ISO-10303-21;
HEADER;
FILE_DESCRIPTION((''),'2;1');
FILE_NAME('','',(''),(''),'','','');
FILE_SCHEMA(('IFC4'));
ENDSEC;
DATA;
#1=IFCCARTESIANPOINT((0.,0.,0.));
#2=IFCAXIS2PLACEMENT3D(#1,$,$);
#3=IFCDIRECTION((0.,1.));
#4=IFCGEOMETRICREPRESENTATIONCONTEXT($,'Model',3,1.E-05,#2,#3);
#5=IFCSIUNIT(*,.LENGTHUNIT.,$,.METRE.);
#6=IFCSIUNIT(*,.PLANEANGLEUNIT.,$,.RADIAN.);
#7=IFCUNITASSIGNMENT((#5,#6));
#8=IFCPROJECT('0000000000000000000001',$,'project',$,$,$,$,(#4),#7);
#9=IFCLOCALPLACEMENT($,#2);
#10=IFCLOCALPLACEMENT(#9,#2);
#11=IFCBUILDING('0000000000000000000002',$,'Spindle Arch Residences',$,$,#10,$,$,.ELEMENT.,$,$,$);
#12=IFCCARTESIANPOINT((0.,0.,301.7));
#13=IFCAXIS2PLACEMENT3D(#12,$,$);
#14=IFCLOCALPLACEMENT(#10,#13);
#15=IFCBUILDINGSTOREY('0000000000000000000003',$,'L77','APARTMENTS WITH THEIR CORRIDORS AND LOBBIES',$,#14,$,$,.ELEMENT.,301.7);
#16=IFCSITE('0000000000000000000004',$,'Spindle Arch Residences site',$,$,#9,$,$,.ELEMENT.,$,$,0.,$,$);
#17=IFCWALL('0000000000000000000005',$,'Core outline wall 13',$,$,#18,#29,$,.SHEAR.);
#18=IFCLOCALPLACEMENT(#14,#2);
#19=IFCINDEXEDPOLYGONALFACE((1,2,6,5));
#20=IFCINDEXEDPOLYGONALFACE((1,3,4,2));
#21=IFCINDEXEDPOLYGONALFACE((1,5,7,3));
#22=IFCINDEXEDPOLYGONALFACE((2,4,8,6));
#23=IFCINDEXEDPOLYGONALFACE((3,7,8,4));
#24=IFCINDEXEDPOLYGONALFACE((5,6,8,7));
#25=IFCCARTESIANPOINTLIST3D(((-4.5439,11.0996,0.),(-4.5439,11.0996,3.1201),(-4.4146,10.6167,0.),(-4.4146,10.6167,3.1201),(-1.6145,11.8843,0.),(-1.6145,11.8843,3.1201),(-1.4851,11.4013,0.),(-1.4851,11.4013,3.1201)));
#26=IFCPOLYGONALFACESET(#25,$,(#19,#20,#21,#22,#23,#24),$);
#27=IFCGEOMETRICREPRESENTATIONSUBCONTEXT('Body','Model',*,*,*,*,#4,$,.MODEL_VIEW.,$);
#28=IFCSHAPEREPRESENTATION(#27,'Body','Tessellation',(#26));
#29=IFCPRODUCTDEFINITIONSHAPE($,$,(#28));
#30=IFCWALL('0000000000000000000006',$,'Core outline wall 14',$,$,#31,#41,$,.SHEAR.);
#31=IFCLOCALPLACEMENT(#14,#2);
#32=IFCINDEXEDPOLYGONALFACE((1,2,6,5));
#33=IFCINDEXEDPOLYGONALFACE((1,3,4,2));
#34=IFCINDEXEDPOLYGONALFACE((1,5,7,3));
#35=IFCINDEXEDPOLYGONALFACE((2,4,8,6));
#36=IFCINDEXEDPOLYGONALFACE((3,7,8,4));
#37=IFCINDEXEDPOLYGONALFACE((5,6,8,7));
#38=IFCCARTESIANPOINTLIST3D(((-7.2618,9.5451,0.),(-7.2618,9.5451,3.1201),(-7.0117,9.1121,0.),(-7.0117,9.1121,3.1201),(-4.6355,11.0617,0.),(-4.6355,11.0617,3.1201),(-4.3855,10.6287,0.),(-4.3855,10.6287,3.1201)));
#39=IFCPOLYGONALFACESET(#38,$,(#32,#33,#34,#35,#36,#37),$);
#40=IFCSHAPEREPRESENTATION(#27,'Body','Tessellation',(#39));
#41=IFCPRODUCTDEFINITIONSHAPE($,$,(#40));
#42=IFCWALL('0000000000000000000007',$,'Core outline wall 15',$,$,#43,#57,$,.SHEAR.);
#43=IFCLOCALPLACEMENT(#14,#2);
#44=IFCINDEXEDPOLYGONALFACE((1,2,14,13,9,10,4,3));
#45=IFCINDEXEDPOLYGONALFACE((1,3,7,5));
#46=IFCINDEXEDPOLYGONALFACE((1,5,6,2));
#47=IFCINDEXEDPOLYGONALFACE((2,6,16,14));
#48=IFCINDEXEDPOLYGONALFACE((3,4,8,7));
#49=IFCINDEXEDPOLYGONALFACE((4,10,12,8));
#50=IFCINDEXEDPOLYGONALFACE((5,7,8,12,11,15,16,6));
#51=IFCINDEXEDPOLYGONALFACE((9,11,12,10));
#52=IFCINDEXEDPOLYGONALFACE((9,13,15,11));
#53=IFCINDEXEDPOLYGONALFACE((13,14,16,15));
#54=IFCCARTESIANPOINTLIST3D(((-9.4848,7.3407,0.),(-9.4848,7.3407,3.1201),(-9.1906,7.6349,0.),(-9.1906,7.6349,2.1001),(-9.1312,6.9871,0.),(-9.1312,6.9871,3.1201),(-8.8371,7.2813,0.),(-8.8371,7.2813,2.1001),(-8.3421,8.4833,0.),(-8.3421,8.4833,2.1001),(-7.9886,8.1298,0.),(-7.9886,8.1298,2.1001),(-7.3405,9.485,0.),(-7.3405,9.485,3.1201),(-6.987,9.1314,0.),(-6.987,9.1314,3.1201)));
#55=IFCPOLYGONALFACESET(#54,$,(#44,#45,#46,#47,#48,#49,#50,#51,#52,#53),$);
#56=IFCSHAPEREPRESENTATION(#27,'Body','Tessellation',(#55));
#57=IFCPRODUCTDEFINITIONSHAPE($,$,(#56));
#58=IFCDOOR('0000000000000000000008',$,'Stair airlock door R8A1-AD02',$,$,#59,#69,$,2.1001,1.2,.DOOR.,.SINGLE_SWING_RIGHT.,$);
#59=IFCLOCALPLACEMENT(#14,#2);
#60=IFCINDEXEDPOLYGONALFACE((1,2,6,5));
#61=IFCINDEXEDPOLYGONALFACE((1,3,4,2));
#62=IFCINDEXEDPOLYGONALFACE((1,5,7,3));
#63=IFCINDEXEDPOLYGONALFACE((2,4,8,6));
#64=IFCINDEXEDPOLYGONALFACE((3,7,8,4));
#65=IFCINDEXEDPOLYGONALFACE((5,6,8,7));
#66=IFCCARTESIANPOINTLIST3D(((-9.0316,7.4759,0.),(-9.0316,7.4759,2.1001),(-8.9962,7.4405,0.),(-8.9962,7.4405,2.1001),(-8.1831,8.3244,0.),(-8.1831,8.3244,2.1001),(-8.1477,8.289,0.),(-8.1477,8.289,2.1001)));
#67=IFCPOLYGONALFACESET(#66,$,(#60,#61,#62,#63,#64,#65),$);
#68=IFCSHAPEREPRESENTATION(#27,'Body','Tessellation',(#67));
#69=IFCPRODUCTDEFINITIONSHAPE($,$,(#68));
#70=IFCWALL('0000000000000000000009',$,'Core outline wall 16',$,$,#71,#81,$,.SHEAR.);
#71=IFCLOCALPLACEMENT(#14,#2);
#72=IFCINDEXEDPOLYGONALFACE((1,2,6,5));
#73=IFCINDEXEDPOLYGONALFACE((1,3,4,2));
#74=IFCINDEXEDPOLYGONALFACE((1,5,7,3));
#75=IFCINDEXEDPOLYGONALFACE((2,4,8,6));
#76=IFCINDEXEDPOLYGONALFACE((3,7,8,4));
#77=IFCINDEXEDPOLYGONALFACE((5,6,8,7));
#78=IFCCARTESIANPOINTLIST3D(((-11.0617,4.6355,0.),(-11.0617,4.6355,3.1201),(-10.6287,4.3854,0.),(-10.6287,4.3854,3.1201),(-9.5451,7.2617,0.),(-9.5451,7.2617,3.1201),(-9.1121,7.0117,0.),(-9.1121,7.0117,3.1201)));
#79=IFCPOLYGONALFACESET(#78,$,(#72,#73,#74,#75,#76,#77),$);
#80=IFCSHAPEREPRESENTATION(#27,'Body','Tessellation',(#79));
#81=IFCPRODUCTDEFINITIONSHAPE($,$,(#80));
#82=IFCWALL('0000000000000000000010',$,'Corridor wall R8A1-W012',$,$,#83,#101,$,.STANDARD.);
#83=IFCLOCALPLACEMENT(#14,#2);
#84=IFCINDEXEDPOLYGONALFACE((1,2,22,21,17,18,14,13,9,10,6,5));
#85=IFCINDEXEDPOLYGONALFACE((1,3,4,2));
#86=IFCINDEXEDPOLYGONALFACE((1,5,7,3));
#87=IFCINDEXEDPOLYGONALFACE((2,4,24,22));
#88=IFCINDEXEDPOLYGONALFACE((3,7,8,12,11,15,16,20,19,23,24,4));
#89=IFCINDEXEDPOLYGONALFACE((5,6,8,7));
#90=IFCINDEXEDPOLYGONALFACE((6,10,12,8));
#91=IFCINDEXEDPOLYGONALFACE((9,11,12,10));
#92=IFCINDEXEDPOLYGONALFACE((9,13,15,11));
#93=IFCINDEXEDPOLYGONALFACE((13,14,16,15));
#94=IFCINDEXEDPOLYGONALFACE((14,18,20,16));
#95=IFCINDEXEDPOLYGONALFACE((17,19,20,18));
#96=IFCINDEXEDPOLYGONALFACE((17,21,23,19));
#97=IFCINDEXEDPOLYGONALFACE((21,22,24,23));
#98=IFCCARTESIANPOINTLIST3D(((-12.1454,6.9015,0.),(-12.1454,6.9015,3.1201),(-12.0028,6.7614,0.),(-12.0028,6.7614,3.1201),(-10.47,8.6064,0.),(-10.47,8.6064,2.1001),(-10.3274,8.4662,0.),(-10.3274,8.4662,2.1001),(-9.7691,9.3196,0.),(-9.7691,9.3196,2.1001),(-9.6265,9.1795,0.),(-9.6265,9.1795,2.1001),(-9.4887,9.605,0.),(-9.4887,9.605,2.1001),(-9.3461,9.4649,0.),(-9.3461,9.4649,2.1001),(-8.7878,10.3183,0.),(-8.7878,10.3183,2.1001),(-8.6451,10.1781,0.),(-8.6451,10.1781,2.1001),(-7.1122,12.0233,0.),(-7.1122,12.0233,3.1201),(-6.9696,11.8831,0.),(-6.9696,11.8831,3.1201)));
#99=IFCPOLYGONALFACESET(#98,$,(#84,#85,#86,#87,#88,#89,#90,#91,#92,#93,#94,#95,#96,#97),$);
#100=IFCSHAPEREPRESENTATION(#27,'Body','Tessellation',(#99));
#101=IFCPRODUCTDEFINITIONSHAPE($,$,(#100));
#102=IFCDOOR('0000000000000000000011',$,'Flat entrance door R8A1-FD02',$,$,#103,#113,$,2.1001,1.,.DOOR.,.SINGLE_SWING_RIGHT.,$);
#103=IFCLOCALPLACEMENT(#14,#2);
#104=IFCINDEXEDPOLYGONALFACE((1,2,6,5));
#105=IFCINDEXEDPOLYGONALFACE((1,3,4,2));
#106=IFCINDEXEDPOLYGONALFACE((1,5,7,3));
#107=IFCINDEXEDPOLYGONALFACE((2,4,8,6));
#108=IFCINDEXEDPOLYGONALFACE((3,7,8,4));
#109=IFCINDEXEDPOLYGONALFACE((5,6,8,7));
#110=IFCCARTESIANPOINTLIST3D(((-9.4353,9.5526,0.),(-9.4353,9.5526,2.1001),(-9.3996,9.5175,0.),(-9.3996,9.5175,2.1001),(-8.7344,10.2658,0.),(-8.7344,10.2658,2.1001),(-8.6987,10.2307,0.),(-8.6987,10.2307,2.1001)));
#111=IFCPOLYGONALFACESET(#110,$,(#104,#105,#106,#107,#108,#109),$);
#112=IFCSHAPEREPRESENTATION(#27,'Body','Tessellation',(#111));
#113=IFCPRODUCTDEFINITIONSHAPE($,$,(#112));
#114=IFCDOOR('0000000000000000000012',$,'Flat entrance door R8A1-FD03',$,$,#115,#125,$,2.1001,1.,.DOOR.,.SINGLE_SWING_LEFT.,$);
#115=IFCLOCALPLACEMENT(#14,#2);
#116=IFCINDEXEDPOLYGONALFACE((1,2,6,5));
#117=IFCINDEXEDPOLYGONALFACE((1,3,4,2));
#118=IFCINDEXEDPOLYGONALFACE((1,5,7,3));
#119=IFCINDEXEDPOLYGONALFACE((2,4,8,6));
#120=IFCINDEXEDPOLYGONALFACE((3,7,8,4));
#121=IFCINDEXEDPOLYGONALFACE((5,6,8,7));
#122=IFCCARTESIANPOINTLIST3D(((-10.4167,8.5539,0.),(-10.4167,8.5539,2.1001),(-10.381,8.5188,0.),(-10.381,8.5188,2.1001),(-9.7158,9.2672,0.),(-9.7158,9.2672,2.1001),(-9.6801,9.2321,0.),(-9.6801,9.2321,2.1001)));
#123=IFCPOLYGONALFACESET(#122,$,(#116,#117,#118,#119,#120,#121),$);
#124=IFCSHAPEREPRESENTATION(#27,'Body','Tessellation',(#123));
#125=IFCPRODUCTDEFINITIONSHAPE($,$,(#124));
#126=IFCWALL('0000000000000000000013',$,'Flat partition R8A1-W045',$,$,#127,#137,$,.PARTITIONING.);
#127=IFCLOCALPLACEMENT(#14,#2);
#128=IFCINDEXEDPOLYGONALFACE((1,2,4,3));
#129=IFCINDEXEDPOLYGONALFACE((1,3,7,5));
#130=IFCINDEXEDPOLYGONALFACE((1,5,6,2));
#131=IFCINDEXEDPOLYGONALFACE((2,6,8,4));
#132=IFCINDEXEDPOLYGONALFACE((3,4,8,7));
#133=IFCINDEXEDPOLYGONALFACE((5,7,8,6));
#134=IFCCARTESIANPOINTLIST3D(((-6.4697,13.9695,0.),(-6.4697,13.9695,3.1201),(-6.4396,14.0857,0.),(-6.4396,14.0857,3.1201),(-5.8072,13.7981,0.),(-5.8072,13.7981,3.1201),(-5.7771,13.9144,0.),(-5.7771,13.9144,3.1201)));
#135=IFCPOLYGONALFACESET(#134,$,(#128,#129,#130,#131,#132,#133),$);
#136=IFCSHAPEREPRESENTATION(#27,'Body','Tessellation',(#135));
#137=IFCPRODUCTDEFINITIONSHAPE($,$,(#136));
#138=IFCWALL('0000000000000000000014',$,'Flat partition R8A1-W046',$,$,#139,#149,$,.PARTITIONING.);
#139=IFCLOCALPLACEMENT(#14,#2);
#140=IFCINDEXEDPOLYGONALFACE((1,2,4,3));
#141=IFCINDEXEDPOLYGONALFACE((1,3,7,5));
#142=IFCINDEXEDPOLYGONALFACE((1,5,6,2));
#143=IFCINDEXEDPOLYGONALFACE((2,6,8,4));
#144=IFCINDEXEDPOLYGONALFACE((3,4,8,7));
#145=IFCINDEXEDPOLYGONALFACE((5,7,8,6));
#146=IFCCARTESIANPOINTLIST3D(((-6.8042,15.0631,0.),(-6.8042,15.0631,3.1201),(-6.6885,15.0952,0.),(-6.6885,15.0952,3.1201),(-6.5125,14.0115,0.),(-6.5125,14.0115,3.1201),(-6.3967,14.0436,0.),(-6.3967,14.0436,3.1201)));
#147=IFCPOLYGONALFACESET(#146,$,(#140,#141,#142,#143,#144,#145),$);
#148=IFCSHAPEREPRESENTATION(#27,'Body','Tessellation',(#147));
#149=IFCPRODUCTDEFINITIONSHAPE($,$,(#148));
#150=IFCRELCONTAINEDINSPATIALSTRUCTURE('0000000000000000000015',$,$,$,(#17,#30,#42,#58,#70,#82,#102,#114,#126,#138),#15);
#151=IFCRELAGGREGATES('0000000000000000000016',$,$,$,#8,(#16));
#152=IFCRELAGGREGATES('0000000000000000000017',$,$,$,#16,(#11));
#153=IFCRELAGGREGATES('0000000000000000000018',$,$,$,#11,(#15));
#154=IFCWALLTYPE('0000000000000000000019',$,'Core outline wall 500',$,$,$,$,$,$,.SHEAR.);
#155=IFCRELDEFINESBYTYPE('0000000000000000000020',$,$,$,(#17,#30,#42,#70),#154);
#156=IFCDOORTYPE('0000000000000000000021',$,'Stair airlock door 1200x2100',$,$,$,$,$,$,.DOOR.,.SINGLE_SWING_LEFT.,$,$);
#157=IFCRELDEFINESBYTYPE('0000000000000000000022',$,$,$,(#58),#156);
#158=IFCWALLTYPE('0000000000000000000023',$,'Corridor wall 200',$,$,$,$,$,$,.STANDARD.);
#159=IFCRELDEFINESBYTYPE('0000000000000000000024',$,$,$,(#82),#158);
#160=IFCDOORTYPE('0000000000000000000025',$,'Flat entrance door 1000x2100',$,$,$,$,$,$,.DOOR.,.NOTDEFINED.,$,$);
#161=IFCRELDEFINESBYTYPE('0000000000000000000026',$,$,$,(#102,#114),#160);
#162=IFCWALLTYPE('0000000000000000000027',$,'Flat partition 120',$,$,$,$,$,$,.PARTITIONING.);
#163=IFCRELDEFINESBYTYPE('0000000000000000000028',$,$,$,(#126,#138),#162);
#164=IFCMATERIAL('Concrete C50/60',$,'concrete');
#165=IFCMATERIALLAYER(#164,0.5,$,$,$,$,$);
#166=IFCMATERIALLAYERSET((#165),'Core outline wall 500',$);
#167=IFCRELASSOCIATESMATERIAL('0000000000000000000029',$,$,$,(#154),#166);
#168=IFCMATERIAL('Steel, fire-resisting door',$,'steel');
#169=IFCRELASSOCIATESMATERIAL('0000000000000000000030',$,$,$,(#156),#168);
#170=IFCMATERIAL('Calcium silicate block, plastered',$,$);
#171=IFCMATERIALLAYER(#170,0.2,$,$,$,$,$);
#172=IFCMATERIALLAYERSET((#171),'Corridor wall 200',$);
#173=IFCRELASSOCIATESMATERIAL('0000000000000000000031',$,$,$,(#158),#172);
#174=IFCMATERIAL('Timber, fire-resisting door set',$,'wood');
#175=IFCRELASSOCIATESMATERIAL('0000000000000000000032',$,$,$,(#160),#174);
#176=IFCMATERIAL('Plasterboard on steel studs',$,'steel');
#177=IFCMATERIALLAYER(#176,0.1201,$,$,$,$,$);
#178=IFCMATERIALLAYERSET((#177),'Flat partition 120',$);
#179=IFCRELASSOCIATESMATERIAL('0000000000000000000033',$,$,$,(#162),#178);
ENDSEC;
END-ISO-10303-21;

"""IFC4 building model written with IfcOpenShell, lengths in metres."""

from ifc_helpers import new_model, si_unit, direction, frame, frame_2d, origin, place, context, subcontext, project, spatial, rectangle, extrude, material, layer, layer_set, type_object, element, fill, save


model = new_model("IFC4")

# Units and contexts
model_context = context("Model", 3, precision=1e-05, world=origin(), true_north=direction((0.0, 1.0)))
body_context = subcontext(model_context, "Body", "Model", "MODEL_VIEW")
ifc_project = project(units=[si_unit("LENGTHUNIT", "METRE"), si_unit("PLANEANGLEUNIT", "RADIAN")], contexts=[model_context])

# Site, building, storey
site_placement = place(None, origin())
site = spatial("IfcSite", under=ifc_project, at=site_placement, Name="Spindle Arch Residences site", CompositionType="ELEMENT", RefElevation=0.0)
building_placement = place(site_placement, origin())
building = spatial("IfcBuilding", under=site, at=building_placement, Name="Spindle Arch Residences", CompositionType="ELEMENT")
storey_placement = place(building_placement, frame((0.0, 0.0, 301.7)))
storey = spatial("IfcBuildingStorey", under=building, at=storey_placement, Name="L77", Description="APARTMENTS WITH THEIR CORRIDORS AND LOBBIES", CompositionType="ELEMENT", Elevation=301.7)

# Walls
ifc_material_1 = material(Name="Concrete C50/60", Category="concrete")
ifc_layer_1 = layer(ifc_material_1, 0.5)
ifc_layer_set_1 = layer_set([ifc_layer_1], Name="Core outline wall 500")
wall_type_1 = type_object("IfcWallType", Name="Core outline wall 500", PredefinedType="SHEAR", material=ifc_layer_set_1)
for number, where, z_axis, x_axis, name in (
    (1, (-1.5498, 11.6428, 0.0), (0.0, 0.0, 1.0), (-0.965948, -0.258735, 0.0), "Core outline wall 13"),
    (2, (-4.5105, 10.8452, 0.0), (0.0, 0.0, 1.0), (-0.865975, -0.500087, 0.0), "Core outline wall 14"),
):
    element("IfcWall", number, at=place(storey_placement, frame(where, z_axis=z_axis, x_axis=x_axis)), inside=storey, type_object=wall_type_1, Name=name, PredefinedType="SHEAR", context=body_context, shape_type="SweptSolid", body=[
        extrude(rectangle(XDim=3.0327, YDim=0.5, at=frame_2d((1.5164, 0.0))), origin(), (0.0, 0.0, 1.0), 3.1201),
    ])

# Wall, opening, door
wall_1_placement = place(storey_placement, frame((-7.1638, 9.3081, 0.0), z_axis=(0.0, 0.0, 1.0), x_axis=(-0.707107, -0.707107, 0.0)))
wall_1 = element("IfcWall", 3, at=wall_1_placement, inside=storey, type_object=wall_type_1, Name="Core outline wall 15", PredefinedType="SHEAR", context=body_context, shape_type="SweptSolid", body=[
    extrude(rectangle(XDim=3.0325, YDim=0.5, at=frame_2d((1.5161, 0.0))), origin(), (0.0, 0.0, 1.0), 3.1201),
])
opening_1_placement = place(wall_1_placement, frame((1.4163, 0.0, 0.0)))
opening_1 = element("IfcOpeningElement", 4, at=opening_1_placement, cuts=wall_1, PredefinedType="OPENING", context=body_context, shape_type="SweptSolid", body=[
    extrude(rectangle(XDim=1.2, YDim=2.1001, at=frame_2d((0.6001, 1.05))), frame((0.0, 0.26, 0.0), z_axis=(0.0, -1.0, 0.0), x_axis=(1.0, 0.0, 0.0)), (0.0, 0.0, 1.0), 0.52),
])
ifc_material_2 = material(Name="Steel, fire-resisting door", Category="steel")
door_type_1 = type_object("IfcDoorType", Name="Stair airlock door 1200x2100", OperationType="SINGLE_SWING_LEFT", PredefinedType="DOOR", material=ifc_material_2)
door_1_placement = place(opening_1_placement, origin())
door_1 = element("IfcDoor", 5, at=door_1_placement, inside=storey, type_object=door_type_1, Name="Stair airlock door R8A1-AD02", OperationType="SINGLE_SWING_RIGHT", OverallHeight=2.1001, OverallWidth=1.2, PredefinedType="DOOR", context=body_context, shape_type="SweptSolid", body=[
    extrude(rectangle(XDim=1.2, YDim=2.1001, at=frame_2d((0.6001, 1.05))), frame((0.0, 0.0249, 0.0), z_axis=(0.0, -1.0, 0.0), x_axis=(1.0, 0.0, 0.0)), (0.0, 0.0, 1.0), 0.05),
])
fill(opening_1, door_1)

# Wall
wall_2_placement = place(storey_placement, frame((-9.3286, 7.1367, 0.0), z_axis=(0.0, 0.0, 1.0), x_axis=(-0.500087, -0.865975, 0.0)))
element("IfcWall", 6, at=wall_2_placement, inside=storey, type_object=wall_type_1, Name="Core outline wall 16", PredefinedType="SHEAR", context=body_context, shape_type="SweptSolid", body=[
    extrude(rectangle(XDim=3.0327, YDim=0.5, at=frame_2d((1.5164, 0.0))), origin(), (0.0, 0.0, 1.0), 3.1201),
])

# Wall, openings, doors
ifc_material_3 = material(Name="Calcium silicate block, plastered")
ifc_layer_2 = layer(ifc_material_3, 0.2)
ifc_layer_set_2 = layer_set([ifc_layer_2], Name="Corridor wall 200")
wall_type_2 = type_object("IfcWallType", Name="Corridor wall 200", PredefinedType="STANDARD", material=ifc_layer_set_2)
wall_3_placement = place(storey_placement, frame((-7.041, 11.9531, 0.0), z_axis=(0.0, 0.0, 1.0), x_axis=(-0.700909, -0.713251, 0.0)))
wall_3 = element("IfcWall", 7, at=wall_3_placement, inside=storey, type_object=wall_type_2, Name="Corridor wall R8A1-W012", PredefinedType="STANDARD", context=body_context, shape_type="SweptSolid", body=[
    extrude(rectangle(XDim=7.1809, YDim=0.2, at=frame_2d((3.5903, 0.0))), origin(), (0.0, 0.0, 1.0), 3.1201),
])
opening_2_placement = place(wall_3_placement, frame((2.3904, 0.0, 0.0)))
opening_2 = element("IfcOpeningElement", 8, at=opening_2_placement, cuts=wall_3, PredefinedType="OPENING", context=body_context, shape_type="SweptSolid", body=[
    extrude(rectangle(XDim=1.0, YDim=2.1001, at=frame_2d((0.5, 1.05))), frame((0.0, 0.1099, 0.0), z_axis=(0.0, -1.0, 0.0), x_axis=(1.0, 0.0, 0.0)), (0.0, 0.0, 1.0), 0.22),
])
opening_3_placement = place(wall_3_placement, frame((3.7905, 0.0, 0.0)))
opening_3 = element("IfcOpeningElement", 9, at=opening_3_placement, cuts=wall_3, PredefinedType="OPENING", context=body_context, shape_type="SweptSolid", body=[
    extrude(rectangle(XDim=1.0, YDim=2.1001, at=frame_2d((0.5, 1.05))), frame((0.0, 0.1099, 0.0), z_axis=(0.0, -1.0, 0.0), x_axis=(1.0, 0.0, 0.0)), (0.0, 0.0, 1.0), 0.22),
])
ifc_material_4 = material(Name="Timber, fire-resisting door set", Category="wood")
door_type_2 = type_object("IfcDoorType", Name="Flat entrance door 1000x2100", OperationType="NOTDEFINED", PredefinedType="DOOR", material=ifc_material_4)
door_2_placement = place(opening_2_placement, origin())
door_2 = element("IfcDoor", 10, at=door_2_placement, inside=storey, type_object=door_type_2, Name="Flat entrance door R8A1-FD02", OperationType="SINGLE_SWING_RIGHT", OverallHeight=2.1001, OverallWidth=1.0, PredefinedType="DOOR", context=body_context, shape_type="SweptSolid", body=[
    extrude(rectangle(XDim=1.0, YDim=2.1001, at=frame_2d((0.5, 1.05))), frame((0.0, 0.0249, 0.0), z_axis=(0.0, -1.0, 0.0), x_axis=(1.0, 0.0, 0.0)), (0.0, 0.0, 1.0), 0.05),
])
fill(opening_2, door_2)
door_3_placement = place(opening_3_placement, origin())
door_3 = element("IfcDoor", 11, at=door_3_placement, inside=storey, type_object=door_type_2, Name="Flat entrance door R8A1-FD03", OperationType="SINGLE_SWING_LEFT", OverallHeight=2.1001, OverallWidth=1.0, PredefinedType="DOOR", context=body_context, shape_type="SweptSolid", body=[
    extrude(rectangle(XDim=1.0, YDim=2.1001, at=frame_2d((0.5, 1.05))), frame((0.0, 0.0249, 0.0), z_axis=(0.0, -1.0, 0.0), x_axis=(1.0, 0.0, 0.0)), (0.0, 0.0, 1.0), 0.05),
])
fill(opening_3, door_3)

# Walls
ifc_material_5 = material(Name="Plasterboard on steel studs", Category="steel")
ifc_layer_3 = layer(ifc_material_5, 0.1201)
ifc_layer_set_3 = layer_set([ifc_layer_3], Name="Flat partition 120")
wall_type_3 = type_object("IfcWallType", Name="Flat partition 120", PredefinedType="PARTITIONING", material=ifc_layer_set_3)
wall_4_placement = place(storey_placement, frame((-5.792, 13.8562, 0.0), z_axis=(0.0, 0.0, 1.0), x_axis=(-0.968138, 0.250417, 0.0)))
element("IfcWall", 12, at=wall_4_placement, inside=storey, type_object=wall_type_3, Name="Flat partition R8A1-W045", PredefinedType="PARTITIONING", context=body_context, shape_type="SweptSolid", body=[
    extrude(rectangle(XDim=0.6843, YDim=0.1201, at=frame_2d((0.3423, 0.0))), origin(), (0.0, 0.0, 1.0), 3.1201),
])
wall_5_placement = place(storey_placement, frame((-6.4546, 14.0276, 0.0), z_axis=(0.0, 0.0, 1.0), x_axis=(-0.267355, 0.963598, 0.0)))
element("IfcWall", 13, at=wall_5_placement, inside=storey, type_object=wall_type_3, Name="Flat partition R8A1-W046", PredefinedType="PARTITIONING", context=body_context, shape_type="SweptSolid", body=[
    extrude(rectangle(XDim=1.0913, YDim=0.1201, at=frame_2d((0.5457, 0.0))), origin(), (0.0, 0.0, 1.0), 3.1201),
])

save(model, "model.ifc")
